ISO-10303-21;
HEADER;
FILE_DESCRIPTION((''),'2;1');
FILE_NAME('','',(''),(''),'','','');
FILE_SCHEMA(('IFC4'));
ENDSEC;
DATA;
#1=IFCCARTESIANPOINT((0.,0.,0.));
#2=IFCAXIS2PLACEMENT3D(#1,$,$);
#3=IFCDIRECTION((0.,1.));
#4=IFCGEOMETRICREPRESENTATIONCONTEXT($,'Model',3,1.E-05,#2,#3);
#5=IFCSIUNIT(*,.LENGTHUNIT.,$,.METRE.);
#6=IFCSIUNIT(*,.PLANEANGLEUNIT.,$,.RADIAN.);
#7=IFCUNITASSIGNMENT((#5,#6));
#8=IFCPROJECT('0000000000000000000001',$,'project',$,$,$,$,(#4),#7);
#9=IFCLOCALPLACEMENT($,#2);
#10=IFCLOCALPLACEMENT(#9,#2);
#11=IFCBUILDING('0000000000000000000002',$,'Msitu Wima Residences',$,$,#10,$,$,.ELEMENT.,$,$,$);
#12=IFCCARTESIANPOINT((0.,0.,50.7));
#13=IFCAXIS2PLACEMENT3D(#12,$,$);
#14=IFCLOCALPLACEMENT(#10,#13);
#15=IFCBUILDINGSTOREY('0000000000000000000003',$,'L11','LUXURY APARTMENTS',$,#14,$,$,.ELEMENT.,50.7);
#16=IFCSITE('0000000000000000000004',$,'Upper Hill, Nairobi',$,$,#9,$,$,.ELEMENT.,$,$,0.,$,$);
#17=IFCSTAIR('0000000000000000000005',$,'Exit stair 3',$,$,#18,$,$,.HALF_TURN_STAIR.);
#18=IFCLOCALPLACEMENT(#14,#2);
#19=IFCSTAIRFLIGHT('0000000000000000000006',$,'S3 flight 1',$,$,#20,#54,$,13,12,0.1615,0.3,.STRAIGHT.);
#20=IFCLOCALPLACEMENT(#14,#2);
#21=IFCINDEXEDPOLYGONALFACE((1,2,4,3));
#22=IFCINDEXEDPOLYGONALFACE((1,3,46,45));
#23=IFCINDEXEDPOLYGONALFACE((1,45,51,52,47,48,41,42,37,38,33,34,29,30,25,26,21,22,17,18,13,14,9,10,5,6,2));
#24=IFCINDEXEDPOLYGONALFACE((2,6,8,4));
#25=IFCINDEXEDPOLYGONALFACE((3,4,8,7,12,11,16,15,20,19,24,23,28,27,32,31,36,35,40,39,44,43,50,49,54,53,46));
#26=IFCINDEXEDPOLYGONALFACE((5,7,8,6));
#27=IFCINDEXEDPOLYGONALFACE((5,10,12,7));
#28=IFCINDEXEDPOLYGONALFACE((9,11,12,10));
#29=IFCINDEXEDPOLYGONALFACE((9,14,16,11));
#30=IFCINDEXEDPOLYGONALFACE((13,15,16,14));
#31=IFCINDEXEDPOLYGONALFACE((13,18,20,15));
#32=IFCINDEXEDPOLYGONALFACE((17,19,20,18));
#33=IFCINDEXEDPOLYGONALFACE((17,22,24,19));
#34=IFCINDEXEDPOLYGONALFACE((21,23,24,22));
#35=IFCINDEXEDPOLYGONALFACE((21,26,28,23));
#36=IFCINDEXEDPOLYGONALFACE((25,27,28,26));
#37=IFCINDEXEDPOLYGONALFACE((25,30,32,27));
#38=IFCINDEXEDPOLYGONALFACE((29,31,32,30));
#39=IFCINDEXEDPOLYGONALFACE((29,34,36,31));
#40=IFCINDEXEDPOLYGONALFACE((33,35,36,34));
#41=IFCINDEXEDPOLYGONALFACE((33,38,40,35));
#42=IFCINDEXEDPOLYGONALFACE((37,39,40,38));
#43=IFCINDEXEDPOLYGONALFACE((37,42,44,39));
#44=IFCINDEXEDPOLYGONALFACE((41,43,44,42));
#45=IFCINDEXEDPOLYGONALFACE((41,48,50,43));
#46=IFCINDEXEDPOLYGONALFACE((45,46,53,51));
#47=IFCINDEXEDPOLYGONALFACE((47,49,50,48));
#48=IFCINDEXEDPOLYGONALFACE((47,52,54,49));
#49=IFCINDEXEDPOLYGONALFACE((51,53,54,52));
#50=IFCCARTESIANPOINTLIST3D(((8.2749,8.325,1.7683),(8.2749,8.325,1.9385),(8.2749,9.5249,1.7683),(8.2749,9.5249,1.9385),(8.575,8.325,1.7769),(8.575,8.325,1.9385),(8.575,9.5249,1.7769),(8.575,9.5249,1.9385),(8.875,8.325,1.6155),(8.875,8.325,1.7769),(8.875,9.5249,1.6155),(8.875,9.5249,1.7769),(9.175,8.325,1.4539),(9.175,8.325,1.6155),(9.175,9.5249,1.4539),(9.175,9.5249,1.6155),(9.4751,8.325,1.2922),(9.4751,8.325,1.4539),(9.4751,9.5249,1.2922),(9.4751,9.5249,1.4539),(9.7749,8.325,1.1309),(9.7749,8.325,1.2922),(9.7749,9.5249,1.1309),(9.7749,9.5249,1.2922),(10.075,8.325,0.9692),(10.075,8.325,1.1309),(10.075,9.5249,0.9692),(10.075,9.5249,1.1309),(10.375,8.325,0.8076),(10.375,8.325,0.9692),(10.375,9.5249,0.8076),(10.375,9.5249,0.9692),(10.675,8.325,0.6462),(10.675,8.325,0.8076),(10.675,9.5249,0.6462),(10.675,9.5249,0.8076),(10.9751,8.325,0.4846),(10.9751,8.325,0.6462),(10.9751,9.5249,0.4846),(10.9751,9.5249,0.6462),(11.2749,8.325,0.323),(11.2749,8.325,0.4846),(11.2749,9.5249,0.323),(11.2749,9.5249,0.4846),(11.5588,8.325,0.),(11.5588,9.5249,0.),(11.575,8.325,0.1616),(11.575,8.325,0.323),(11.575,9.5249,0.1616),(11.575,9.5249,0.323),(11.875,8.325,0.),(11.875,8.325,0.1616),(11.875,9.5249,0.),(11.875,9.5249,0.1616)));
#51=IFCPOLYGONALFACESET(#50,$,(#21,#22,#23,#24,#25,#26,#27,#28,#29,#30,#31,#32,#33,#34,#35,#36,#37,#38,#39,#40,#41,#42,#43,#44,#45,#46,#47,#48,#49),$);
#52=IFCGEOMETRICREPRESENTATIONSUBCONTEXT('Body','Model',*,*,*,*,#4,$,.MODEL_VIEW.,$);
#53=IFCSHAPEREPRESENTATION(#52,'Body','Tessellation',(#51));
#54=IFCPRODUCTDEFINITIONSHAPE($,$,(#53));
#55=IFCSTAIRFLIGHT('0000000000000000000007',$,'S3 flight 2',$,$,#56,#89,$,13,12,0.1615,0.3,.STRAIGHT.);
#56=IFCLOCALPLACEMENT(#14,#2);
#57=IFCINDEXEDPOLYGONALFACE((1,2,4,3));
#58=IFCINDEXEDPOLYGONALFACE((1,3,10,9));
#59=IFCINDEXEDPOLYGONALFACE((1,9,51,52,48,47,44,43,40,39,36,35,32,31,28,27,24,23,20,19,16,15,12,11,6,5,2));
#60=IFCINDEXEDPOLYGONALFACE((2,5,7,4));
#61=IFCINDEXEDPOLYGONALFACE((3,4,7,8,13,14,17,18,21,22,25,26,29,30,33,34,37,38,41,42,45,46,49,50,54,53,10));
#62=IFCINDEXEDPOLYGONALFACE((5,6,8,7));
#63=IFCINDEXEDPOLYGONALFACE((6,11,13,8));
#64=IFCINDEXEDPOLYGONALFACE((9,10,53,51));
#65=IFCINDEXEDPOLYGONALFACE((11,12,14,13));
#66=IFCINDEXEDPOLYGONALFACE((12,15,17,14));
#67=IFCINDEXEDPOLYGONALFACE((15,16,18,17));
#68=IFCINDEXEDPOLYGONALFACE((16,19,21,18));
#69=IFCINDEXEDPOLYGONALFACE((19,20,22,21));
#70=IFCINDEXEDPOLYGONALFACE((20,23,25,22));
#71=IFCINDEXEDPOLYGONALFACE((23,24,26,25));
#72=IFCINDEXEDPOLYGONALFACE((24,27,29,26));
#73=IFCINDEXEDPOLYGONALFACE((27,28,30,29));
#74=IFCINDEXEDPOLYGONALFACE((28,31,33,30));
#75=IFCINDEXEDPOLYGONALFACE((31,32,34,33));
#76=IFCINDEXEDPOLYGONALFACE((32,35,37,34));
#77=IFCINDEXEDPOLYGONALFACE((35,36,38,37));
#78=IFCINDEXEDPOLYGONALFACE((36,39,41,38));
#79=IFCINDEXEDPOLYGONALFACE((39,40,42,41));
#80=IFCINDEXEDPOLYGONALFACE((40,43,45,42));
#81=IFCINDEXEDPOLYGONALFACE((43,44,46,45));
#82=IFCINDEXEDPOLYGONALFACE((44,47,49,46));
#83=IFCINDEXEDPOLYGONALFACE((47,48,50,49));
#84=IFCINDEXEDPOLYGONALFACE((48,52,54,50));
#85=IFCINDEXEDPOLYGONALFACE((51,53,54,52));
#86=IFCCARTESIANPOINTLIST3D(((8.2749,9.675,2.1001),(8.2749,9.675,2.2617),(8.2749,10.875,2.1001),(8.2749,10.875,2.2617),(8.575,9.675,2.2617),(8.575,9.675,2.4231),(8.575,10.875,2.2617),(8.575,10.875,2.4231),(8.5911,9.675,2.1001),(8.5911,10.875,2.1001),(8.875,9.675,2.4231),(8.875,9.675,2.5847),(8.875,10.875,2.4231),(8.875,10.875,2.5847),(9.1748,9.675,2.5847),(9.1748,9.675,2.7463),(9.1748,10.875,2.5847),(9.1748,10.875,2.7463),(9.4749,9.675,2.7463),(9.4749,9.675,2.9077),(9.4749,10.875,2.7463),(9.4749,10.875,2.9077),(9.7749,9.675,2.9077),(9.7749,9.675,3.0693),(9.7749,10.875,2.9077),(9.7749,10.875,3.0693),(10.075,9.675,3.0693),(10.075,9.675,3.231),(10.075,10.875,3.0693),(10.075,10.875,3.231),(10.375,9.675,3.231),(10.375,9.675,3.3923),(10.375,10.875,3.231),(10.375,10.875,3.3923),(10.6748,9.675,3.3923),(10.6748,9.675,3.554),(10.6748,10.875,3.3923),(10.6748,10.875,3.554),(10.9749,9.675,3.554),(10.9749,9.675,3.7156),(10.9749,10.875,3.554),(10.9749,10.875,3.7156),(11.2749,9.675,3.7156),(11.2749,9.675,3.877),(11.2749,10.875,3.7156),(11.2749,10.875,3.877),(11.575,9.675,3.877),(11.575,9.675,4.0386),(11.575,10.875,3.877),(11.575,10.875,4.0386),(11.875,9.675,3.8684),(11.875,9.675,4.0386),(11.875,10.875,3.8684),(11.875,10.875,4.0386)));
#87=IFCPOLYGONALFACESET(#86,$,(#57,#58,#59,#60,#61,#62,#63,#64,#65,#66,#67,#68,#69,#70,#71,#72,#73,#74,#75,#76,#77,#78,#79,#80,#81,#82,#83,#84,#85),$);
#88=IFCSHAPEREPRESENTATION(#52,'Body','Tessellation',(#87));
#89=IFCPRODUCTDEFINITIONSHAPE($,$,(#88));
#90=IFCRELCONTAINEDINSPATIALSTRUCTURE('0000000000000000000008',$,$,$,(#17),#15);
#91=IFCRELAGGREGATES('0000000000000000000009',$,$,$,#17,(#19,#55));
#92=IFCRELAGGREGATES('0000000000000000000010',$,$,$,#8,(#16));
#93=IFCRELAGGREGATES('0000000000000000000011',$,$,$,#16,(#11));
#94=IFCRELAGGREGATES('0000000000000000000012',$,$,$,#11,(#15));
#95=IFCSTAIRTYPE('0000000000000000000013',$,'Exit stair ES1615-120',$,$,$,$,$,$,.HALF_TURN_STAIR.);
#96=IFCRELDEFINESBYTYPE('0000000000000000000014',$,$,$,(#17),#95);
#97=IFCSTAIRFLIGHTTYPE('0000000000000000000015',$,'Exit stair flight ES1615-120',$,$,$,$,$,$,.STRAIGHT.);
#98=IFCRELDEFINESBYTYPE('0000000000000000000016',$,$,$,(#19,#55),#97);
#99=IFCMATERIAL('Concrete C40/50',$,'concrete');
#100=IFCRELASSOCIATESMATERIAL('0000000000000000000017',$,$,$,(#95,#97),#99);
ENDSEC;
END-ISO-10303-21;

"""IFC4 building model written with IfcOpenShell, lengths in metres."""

from ifc_helpers import new_model, si_unit, direction, frame, origin, place, context, subcontext, project, spatial, polyline, outline, extrude, material, type_object, element, aggregate, save


model = new_model("IFC4")

# Units and contexts
model_context = context("Model", 3, precision=1e-05, world=origin(), true_north=direction((0.0, 1.0)))
body_context = subcontext(model_context, "Body", "Model", "MODEL_VIEW")
ifc_project = project(units=[si_unit("LENGTHUNIT", "METRE"), si_unit("PLANEANGLEUNIT", "RADIAN")], contexts=[model_context])

# Site, building, storey
site_placement = place(None, origin())
site = spatial("IfcSite", under=ifc_project, at=site_placement, Name="Upper Hill, Nairobi", CompositionType="ELEMENT", RefElevation=0.0)
building_placement = place(site_placement, origin())
building = spatial("IfcBuilding", under=site, at=building_placement, Name="Msitu Wima Residences", CompositionType="ELEMENT")
storey_placement = place(building_placement, frame((0.0, 0.0, 50.7)))
storey = spatial("IfcBuildingStorey", under=building, at=storey_placement, Name="L11", Description="LUXURY APARTMENTS", CompositionType="ELEMENT", Elevation=50.7)

# Shared definitions
ifc_material_1 = material(Name="Concrete C40/50", Category="concrete")

# Stair, stair flights
stair_type = type_object("IfcStairType", Name="Exit stair ES1615-120", PredefinedType="HALF_TURN_STAIR", material=ifc_material_1)
stair_placement = place(storey_placement, origin())
stair = element("IfcStair", 1, at=stair_placement, inside=storey, type_object=stair_type, Name="Exit stair 3", PredefinedType="HALF_TURN_STAIR")
stair_flight_type = type_object("IfcStairFlightType", Name="Exit stair flight ES1615-120", PredefinedType="STRAIGHT", material=ifc_material_1)
stair_flight_1_placement = place(storey_placement, frame((11.875, 8.925, 0.0), z_axis=(0.0, 0.0, 1.0), x_axis=(-1.0, 0.0, 0.0)))
stair_flight_1 = element("IfcStairFlight", 2, at=stair_flight_1_placement, type_object=stair_flight_type, Name="S3 flight 1", NumberOfRisers=13, NumberOfTreads=12, PredefinedType="STRAIGHT", RiserHeight=0.1615, TreadLength=0.3, context=body_context, shape_type="SweptSolid", body=[
    extrude(outline(polyline([(0.0, 0.0), (0.0, 0.1616), (0.3, 0.1616), (0.3, 0.323), (0.6001, 0.323), (0.6001, 0.4846), (0.8999, 0.4846), (0.8999, 0.6462), (1.2, 0.6462), (1.2, 0.8076), (1.5, 0.8076), (1.5, 0.9692), (1.8, 0.9692), (1.8, 1.1309), (2.1001, 1.1309), (2.1001, 1.2922), (2.3999, 1.2922), (2.3999, 1.4539), (2.7, 1.4539), (2.7, 1.6155), (3.0, 1.6155), (3.0, 1.7769), (3.3, 1.7769), (3.3, 1.9385), (3.6001, 1.9385), (3.6001, 2.1001), (3.6001, 1.7683), (0.3162, 0.0), (0.0, 0.0)])), frame((0.0, 0.6001, 0.0), z_axis=(0.0, -1.0, 0.0), x_axis=(1.0, 0.0, 0.0)), (0.0, 0.0, 1.0), 1.2),
])
stair_flight_2_placement = place(storey_placement, frame((8.2749, 10.2749, 2.1001), z_axis=(0.0, 0.0, 1.0), x_axis=(1.0, 0.0, 0.0)))
stair_flight_2 = element("IfcStairFlight", 3, at=stair_flight_2_placement, type_object=stair_flight_type, Name="S3 flight 2", NumberOfRisers=13, NumberOfTreads=12, PredefinedType="STRAIGHT", RiserHeight=0.1615, TreadLength=0.3, context=body_context, shape_type="SweptSolid", body=[
    extrude(outline(polyline([(0.0, 0.0), (0.0, 0.1616), (0.3, 0.1616), (0.3, 0.323), (0.6001, 0.323), (0.6001, 0.4846), (0.8999, 0.4846), (0.8999, 0.6462), (1.2, 0.6462), (1.2, 0.8076), (1.5, 0.8076), (1.5, 0.9692), (1.8, 0.9692), (1.8, 1.1309), (2.1001, 1.1309), (2.1001, 1.2922), (2.3999, 1.2922), (2.3999, 1.4539), (2.7, 1.4539), (2.7, 1.6155), (3.0, 1.6155), (3.0, 1.7769), (3.3, 1.7769), (3.3, 1.9385), (3.6001, 1.9385), (3.6001, 2.1001), (3.6001, 1.7683), (0.3162, 0.0), (0.0, 0.0)])), frame((0.0, 0.6001, 0.0), z_axis=(0.0, -1.0, 0.0), x_axis=(1.0, 0.0, 0.0)), (0.0, 0.0, 1.0), 1.2),
])
aggregate(stair, [stair_flight_1, stair_flight_2])

save(model, "model.ifc")
